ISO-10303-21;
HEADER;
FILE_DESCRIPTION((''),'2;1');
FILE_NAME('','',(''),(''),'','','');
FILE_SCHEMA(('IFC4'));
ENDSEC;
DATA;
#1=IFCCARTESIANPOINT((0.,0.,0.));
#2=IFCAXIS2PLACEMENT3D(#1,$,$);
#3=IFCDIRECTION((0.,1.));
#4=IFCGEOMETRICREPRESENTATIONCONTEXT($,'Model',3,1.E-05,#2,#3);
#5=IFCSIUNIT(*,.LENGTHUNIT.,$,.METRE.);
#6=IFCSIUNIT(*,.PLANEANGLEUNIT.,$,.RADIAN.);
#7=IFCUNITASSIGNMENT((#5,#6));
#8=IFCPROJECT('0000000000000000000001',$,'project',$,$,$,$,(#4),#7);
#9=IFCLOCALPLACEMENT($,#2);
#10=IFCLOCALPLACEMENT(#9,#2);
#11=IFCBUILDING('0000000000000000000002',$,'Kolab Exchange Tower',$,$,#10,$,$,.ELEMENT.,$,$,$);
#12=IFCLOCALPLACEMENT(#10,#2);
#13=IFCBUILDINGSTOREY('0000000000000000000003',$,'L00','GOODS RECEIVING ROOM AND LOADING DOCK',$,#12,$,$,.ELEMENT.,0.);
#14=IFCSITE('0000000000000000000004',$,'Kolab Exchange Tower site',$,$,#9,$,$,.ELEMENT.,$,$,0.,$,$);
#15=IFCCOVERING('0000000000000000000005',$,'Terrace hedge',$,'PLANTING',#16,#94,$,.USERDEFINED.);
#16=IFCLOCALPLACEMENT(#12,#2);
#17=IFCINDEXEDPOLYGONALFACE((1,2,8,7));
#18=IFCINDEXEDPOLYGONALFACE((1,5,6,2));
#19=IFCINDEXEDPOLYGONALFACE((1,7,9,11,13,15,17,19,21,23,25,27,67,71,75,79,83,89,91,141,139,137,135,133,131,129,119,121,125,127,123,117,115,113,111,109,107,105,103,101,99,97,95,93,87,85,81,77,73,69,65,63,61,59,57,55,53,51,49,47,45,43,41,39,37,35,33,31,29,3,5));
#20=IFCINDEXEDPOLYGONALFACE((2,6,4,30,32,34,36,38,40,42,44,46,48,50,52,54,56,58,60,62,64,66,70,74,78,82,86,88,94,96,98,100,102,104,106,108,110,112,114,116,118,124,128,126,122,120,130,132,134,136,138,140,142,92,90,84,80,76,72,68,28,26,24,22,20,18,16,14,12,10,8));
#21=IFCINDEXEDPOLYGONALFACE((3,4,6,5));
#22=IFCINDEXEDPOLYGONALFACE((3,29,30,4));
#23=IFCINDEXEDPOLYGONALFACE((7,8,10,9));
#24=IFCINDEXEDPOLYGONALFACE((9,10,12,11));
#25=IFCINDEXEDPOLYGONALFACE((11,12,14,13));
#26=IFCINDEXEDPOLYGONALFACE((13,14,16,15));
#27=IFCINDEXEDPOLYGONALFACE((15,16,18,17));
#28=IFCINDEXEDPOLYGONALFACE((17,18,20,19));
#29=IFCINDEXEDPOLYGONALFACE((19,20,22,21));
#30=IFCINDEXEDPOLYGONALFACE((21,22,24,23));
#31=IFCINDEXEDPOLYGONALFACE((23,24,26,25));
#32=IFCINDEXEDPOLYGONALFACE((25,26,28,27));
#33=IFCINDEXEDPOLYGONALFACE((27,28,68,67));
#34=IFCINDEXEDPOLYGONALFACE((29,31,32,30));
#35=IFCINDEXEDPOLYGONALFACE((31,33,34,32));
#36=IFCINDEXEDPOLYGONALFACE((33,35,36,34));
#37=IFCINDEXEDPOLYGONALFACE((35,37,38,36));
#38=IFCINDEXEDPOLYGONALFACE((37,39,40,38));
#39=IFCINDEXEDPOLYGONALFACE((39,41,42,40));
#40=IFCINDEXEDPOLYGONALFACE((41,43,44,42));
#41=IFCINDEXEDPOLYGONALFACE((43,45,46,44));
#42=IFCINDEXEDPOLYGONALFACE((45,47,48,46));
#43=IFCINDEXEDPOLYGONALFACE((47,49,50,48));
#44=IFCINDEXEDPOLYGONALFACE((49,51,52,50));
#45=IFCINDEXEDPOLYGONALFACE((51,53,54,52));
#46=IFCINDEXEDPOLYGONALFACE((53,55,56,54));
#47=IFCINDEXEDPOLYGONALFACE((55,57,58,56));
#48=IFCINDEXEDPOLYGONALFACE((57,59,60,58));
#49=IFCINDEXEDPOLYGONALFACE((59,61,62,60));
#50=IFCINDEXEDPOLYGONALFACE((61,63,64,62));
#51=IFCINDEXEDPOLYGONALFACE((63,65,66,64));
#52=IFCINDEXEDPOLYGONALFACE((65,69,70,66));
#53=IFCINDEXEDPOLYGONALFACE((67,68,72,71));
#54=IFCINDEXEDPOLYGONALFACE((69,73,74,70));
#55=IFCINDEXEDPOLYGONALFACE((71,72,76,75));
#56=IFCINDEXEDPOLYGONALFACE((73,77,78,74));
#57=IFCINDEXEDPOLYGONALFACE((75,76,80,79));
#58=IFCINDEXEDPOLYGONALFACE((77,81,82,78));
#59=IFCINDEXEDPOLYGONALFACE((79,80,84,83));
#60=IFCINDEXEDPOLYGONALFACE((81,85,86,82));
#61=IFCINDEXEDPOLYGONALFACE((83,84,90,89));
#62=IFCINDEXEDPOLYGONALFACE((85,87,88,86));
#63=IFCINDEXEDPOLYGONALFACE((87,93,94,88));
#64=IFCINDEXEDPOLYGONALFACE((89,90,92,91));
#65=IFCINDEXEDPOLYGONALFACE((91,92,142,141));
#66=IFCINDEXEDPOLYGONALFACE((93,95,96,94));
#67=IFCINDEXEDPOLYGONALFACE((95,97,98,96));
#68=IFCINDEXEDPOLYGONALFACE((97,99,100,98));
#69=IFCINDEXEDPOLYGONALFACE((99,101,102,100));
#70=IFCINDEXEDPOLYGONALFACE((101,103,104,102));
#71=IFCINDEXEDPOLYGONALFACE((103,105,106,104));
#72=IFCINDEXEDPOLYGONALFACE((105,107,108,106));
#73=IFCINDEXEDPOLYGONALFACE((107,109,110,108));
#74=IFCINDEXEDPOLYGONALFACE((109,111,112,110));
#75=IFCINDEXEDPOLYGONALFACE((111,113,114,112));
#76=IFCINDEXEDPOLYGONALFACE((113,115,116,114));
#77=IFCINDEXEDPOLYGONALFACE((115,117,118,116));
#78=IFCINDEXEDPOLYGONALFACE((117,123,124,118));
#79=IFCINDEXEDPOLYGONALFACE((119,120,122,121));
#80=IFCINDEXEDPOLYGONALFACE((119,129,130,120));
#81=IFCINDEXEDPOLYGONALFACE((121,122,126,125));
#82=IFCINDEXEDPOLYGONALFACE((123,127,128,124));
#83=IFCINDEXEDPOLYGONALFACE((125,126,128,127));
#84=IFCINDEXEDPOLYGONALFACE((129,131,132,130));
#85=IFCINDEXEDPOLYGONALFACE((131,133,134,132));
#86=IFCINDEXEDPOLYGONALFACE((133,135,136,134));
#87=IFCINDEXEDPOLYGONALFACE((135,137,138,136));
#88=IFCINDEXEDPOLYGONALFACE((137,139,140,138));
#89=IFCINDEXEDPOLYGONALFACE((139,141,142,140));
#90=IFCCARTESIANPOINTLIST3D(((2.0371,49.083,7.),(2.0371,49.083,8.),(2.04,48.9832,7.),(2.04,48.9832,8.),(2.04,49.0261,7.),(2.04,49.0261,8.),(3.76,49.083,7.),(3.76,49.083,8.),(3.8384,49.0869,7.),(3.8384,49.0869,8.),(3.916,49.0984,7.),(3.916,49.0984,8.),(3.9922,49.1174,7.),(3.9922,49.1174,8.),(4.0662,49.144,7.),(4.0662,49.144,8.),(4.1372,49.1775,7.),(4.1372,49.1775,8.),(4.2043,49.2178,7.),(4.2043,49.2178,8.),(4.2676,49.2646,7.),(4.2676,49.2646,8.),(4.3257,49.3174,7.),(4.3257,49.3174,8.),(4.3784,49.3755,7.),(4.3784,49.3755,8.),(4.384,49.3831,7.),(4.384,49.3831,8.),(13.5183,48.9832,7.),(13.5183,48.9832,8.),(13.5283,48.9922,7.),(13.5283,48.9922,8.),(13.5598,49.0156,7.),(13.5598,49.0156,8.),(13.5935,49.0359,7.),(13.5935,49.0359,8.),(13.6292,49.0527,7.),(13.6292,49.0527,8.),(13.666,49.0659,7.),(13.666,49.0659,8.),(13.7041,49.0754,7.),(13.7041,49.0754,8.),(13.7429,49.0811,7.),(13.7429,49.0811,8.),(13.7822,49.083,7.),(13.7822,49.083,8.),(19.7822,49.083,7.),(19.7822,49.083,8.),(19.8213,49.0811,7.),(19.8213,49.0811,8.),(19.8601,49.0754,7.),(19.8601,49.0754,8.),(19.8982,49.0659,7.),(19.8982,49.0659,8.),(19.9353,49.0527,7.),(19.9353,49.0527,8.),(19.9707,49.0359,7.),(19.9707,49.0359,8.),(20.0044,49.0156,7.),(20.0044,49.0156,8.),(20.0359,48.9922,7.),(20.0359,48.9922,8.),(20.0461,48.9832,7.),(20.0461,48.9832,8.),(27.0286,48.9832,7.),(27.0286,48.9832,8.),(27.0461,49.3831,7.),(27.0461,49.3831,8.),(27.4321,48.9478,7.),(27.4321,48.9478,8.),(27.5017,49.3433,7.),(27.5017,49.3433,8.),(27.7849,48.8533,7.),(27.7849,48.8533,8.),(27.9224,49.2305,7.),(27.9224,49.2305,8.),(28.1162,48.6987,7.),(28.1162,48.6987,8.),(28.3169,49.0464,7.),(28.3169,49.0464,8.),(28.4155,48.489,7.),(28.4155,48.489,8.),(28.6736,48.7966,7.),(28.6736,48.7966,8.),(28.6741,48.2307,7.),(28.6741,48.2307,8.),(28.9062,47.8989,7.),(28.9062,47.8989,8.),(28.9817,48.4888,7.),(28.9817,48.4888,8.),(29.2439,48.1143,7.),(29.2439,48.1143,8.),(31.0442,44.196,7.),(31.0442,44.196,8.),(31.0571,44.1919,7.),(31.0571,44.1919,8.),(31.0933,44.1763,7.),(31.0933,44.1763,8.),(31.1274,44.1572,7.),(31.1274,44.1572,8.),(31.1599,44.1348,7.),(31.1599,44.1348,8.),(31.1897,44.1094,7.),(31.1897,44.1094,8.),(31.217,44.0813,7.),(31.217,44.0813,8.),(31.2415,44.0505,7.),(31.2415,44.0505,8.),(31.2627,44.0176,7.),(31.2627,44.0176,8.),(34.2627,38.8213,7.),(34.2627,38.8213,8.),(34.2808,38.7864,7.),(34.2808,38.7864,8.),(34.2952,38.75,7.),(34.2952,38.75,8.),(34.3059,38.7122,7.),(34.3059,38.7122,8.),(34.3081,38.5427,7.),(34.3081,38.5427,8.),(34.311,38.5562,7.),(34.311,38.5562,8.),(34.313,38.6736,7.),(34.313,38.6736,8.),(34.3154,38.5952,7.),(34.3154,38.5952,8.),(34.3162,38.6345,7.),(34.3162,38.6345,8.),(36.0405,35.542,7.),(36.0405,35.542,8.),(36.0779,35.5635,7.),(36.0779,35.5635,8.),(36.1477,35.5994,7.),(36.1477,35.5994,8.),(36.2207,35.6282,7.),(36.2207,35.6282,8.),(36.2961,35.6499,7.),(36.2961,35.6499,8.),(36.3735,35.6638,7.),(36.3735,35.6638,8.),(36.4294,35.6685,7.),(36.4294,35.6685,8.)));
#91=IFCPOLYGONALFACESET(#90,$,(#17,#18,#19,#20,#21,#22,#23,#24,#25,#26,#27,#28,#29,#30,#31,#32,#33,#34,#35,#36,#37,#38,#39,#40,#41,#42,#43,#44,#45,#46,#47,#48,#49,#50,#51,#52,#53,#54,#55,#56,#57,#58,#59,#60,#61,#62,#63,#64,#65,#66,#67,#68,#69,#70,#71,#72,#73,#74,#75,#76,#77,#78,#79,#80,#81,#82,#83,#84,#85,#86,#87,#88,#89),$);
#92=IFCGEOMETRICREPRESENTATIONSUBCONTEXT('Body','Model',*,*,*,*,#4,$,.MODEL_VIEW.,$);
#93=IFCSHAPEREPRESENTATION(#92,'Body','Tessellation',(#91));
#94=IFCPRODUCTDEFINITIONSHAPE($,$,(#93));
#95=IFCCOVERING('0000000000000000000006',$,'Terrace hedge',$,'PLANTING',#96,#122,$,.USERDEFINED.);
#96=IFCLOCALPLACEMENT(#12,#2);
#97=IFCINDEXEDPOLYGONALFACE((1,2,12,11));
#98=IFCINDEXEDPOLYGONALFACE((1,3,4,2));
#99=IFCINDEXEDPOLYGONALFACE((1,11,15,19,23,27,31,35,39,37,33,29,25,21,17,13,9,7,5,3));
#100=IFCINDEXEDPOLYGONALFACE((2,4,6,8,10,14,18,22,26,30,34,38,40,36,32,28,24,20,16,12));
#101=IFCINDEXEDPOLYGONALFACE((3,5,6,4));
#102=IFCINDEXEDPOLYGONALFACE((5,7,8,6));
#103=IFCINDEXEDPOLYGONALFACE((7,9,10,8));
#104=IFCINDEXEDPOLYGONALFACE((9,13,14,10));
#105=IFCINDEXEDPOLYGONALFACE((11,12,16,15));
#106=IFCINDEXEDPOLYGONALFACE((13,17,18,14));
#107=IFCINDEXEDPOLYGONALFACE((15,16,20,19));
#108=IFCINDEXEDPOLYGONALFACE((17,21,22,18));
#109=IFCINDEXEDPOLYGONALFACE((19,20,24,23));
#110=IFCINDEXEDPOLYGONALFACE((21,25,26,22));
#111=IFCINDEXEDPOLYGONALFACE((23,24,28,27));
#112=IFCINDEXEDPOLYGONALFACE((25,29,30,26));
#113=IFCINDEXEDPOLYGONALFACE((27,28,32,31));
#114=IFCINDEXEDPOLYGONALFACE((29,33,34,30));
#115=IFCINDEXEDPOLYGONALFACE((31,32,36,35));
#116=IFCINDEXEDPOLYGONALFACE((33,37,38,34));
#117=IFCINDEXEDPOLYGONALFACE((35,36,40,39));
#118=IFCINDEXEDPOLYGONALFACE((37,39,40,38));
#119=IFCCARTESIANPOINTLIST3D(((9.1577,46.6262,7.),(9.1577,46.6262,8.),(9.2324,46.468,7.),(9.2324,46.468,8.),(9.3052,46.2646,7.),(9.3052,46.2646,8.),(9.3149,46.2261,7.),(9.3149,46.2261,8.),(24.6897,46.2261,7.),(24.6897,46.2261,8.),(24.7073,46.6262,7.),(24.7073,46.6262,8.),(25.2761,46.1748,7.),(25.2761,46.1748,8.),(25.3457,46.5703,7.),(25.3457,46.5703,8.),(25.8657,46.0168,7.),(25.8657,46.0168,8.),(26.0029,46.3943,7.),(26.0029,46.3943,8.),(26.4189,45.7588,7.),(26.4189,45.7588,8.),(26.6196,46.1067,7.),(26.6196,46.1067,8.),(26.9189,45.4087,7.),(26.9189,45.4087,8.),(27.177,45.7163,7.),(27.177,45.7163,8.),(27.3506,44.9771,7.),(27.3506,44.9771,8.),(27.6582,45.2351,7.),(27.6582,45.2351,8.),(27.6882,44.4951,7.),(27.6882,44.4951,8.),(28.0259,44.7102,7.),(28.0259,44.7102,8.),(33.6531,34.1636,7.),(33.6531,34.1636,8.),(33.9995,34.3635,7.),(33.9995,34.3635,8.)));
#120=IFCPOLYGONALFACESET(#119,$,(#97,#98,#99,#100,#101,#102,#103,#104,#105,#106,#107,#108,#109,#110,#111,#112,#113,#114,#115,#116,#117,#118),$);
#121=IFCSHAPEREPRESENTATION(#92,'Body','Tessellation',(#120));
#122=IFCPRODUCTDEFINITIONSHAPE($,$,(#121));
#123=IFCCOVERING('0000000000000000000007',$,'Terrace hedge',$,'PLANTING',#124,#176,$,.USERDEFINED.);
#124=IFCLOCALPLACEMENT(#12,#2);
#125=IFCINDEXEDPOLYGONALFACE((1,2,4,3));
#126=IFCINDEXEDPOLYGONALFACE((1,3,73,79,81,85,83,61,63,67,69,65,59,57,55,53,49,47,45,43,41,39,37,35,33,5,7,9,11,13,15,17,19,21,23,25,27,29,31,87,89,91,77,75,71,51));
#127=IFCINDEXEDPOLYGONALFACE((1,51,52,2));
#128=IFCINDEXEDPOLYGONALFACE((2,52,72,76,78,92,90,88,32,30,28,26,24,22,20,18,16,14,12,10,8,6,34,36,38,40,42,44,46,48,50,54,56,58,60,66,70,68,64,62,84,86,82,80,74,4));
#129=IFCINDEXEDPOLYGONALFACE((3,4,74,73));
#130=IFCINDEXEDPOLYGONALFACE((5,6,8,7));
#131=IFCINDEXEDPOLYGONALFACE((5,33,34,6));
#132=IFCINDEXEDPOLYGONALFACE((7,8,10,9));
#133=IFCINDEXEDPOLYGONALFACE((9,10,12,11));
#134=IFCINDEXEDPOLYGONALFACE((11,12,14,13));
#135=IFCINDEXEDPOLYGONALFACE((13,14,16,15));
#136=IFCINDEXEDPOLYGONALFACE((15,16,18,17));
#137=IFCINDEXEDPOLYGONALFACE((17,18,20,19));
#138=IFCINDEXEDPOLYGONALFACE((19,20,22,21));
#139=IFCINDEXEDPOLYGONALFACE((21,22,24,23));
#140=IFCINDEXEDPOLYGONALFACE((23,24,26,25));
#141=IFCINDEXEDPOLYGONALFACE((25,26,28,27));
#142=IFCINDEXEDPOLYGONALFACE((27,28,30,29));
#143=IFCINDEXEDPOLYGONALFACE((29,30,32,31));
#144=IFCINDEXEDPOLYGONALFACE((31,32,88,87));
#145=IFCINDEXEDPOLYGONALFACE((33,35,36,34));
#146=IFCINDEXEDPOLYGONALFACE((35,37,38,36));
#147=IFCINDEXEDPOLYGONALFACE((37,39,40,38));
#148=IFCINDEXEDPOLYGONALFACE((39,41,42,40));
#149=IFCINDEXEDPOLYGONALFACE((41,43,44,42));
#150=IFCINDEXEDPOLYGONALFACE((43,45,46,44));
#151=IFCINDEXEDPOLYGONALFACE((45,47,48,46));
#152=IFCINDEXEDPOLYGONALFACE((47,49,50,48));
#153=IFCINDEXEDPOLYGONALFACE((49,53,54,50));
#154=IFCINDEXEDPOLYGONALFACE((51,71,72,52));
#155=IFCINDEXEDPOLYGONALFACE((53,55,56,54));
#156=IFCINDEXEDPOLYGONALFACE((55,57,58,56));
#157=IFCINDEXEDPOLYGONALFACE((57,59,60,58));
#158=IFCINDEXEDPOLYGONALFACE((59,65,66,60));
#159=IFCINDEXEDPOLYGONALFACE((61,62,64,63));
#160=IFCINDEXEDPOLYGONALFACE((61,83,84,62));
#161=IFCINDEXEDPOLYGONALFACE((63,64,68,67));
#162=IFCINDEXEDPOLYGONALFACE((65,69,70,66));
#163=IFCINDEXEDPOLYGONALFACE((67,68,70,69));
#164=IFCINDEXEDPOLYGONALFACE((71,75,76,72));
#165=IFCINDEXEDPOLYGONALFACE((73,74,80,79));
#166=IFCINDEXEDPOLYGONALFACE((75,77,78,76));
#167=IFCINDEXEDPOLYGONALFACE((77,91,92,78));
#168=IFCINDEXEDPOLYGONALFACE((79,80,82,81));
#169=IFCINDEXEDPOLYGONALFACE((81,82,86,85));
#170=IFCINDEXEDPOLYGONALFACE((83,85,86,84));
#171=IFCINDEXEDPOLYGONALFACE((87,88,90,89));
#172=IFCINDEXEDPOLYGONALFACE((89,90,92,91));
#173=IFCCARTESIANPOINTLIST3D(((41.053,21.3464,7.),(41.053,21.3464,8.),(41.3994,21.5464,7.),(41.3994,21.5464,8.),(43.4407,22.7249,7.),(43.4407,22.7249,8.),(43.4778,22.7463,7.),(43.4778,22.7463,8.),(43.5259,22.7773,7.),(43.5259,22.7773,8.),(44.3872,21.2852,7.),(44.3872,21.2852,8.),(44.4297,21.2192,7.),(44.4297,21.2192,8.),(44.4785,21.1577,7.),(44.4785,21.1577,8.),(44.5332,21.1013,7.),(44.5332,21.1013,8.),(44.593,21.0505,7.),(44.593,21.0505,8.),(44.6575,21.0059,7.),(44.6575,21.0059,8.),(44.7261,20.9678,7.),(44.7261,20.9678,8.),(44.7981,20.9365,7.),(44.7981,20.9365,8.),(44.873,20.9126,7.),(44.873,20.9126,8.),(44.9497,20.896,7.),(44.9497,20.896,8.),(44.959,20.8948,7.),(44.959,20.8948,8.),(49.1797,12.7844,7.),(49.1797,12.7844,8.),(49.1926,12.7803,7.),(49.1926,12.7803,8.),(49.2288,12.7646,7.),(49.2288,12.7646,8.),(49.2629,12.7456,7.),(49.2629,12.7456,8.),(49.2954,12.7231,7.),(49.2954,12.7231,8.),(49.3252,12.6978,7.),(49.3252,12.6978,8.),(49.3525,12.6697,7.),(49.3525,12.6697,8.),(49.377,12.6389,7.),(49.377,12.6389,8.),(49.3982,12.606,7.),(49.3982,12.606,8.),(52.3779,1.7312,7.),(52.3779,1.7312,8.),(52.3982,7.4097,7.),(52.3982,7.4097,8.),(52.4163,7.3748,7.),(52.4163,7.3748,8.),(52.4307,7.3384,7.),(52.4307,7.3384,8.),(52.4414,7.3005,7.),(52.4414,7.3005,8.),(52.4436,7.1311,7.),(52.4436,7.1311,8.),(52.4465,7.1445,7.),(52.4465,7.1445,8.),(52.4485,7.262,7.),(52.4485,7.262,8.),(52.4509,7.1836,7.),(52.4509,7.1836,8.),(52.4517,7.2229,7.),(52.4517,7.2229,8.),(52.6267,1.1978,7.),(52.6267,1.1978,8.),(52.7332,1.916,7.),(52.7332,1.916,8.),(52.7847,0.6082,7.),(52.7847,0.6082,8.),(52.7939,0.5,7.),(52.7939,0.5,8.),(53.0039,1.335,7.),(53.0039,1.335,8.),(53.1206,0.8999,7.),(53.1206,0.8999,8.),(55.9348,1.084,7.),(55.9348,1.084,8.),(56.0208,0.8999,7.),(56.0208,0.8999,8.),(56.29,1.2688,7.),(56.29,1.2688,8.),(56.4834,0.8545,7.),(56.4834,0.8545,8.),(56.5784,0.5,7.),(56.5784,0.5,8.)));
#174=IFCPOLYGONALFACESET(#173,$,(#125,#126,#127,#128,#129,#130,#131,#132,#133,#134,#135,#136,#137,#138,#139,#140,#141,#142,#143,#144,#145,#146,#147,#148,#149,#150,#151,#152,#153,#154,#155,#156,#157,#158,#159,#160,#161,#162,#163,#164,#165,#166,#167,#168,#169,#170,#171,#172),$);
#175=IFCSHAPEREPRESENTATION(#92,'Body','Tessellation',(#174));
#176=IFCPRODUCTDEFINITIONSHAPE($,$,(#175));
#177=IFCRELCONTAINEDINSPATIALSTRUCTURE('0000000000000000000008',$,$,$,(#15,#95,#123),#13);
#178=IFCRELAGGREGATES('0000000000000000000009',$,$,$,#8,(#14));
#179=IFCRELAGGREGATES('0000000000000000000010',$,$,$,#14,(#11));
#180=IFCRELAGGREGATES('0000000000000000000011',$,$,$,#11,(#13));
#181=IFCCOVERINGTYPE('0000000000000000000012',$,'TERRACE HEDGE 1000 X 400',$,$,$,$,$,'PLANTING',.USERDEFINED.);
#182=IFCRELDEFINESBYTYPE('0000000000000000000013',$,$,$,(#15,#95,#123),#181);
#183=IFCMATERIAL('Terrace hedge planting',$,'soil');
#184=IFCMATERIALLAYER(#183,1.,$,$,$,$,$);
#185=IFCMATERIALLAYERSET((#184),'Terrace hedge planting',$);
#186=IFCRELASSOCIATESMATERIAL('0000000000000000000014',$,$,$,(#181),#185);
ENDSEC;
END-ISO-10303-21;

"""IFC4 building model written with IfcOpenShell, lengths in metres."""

from ifc_helpers import new_model, si_unit, direction, frame, origin, place, context, subcontext, project, spatial, polyline, outline, extrude, material, layer, layer_set, type_object, element, save


model = new_model("IFC4")

# Units and contexts
model_context = context("Model", 3, precision=1e-05, world=origin(), true_north=direction((0.0, 1.0)))
body_context = subcontext(model_context, "Body", "Model", "MODEL_VIEW")
ifc_project = project(units=[si_unit("LENGTHUNIT", "METRE"), si_unit("PLANEANGLEUNIT", "RADIAN")], contexts=[model_context])

# Site, building, storey
site_placement = place(None, origin())
site = spatial("IfcSite", under=ifc_project, at=site_placement, Name="Kolab Exchange Tower site", CompositionType="ELEMENT", RefElevation=0.0)
building_placement = place(site_placement, origin())
building = spatial("IfcBuilding", under=site, at=building_placement, Name="Kolab Exchange Tower", CompositionType="ELEMENT")
storey_placement = place(building_placement, origin())
storey = spatial("IfcBuildingStorey", under=building, at=storey_placement, Name="L00", Description="GOODS RECEIVING ROOM AND LOADING DOCK", CompositionType="ELEMENT", Elevation=0.0)

# Coverings
ifc_material_1 = material(Name="Terrace hedge planting", Category="soil")
ifc_layer_1 = layer(ifc_material_1, 1.0)
ifc_layer_set_1 = layer_set([ifc_layer_1], Name="Terrace hedge planting")
covering_type_1 = type_object("IfcCoveringType", Name="TERRACE HEDGE 1000 X 400", ElementType="PLANTING", PredefinedType="USERDEFINED", material=ifc_layer_set_1)
covering_1_placement = place(storey_placement, frame((0.0, 0.0, 7.0)))
element("IfcCovering", 1, at=covering_1_placement, inside=storey, type_object=covering_type_1, Name="Terrace hedge", ObjectType="PLANTING", PredefinedType="USERDEFINED", context=body_context, shape_type="SweptSolid", body=[
    extrude(outline(polyline([(27.0461, 49.3831), (27.5017, 49.3433), (27.9224, 49.2305), (28.3169, 49.0464), (28.6736, 48.7966), (28.9817, 48.4888), (29.2439, 48.1143), (36.4294, 35.6685), (36.3735, 35.6638), (36.2961, 35.6499), (36.2207, 35.6282), (36.1477, 35.5994), (36.0779, 35.5635), (36.0405, 35.542), (34.3081, 38.5427), (34.311, 38.5562), (34.3154, 38.5952), (34.3162, 38.6345), (34.313, 38.6736), (34.3059, 38.7122), (34.2952, 38.75), (34.2808, 38.7864), (34.2627, 38.8213), (31.2627, 44.0176), (31.2415, 44.0505), (31.217, 44.0813), (31.1897, 44.1094), (31.1599, 44.1348), (31.1274, 44.1572), (31.0933, 44.1763), (31.0571, 44.1919), (31.0442, 44.196), (28.9062, 47.8989), (28.6741, 48.2307), (28.4155, 48.489), (28.1162, 48.6987), (27.7849, 48.8533), (27.4321, 48.9478), (27.0286, 48.9832), (20.0461, 48.9832), (20.0359, 48.9922), (20.0044, 49.0156), (19.9707, 49.0359), (19.9353, 49.0527), (19.8982, 49.0659), (19.8601, 49.0754), (19.8213, 49.0811), (19.7822, 49.083), (13.7822, 49.083), (13.7429, 49.0811), (13.7041, 49.0754), (13.666, 49.0659), (13.6292, 49.0527), (13.5935, 49.0359), (13.5598, 49.0156), (13.5283, 48.9922), (13.5183, 48.9832), (2.04, 48.9832), (2.04, 49.0261), (2.0371, 49.083), (3.76, 49.083), (3.8384, 49.0869), (3.916, 49.0984), (3.9922, 49.1174), (4.0662, 49.144), (4.1372, 49.1775), (4.2043, 49.2178), (4.2676, 49.2646), (4.3257, 49.3174), (4.3784, 49.3755), (4.384, 49.3831), (27.0461, 49.3831)])), origin(), (0.0, 0.0, 1.0), 1.0),
])
covering_2_placement = place(storey_placement, frame((0.0, 0.0, 7.0)))
element("IfcCovering", 2, at=covering_2_placement, inside=storey, type_object=covering_type_1, Name="Terrace hedge", ObjectType="PLANTING", PredefinedType="USERDEFINED", context=body_context, shape_type="SweptSolid", body=[
    extrude(outline(polyline([(27.6882, 44.4951), (27.3506, 44.9771), (26.9189, 45.4087), (26.4189, 45.7588), (25.8657, 46.0168), (25.2761, 46.1748), (24.6897, 46.2261), (9.3149, 46.2261), (9.3052, 46.2646), (9.2324, 46.468), (9.1577, 46.6262), (24.7073, 46.6262), (25.3457, 46.5703), (26.0029, 46.3943), (26.6196, 46.1067), (27.177, 45.7163), (27.6582, 45.2351), (28.0259, 44.7102), (33.9995, 34.3635), (33.6531, 34.1636), (27.6882, 44.4951)])), origin(), (0.0, 0.0, 1.0), 1.0),
])
covering_3_placement = place(storey_placement, frame((0.0, 0.0, 7.0)))
element("IfcCovering", 3, at=covering_3_placement, inside=storey, type_object=covering_type_1, Name="Terrace hedge", ObjectType="PLANTING", PredefinedType="USERDEFINED", context=body_context, shape_type="SweptSolid", body=[
    extrude(outline(polyline([(56.29, 1.2688), (56.4834, 0.8545), (56.5784, 0.5), (52.7939, 0.5), (52.7847, 0.6082), (52.6267, 1.1978), (52.3779, 1.7312), (41.053, 21.3464), (41.3994, 21.5464), (52.7332, 1.916), (53.0039, 1.335), (53.1206, 0.8999), (56.0208, 0.8999), (55.9348, 1.084), (52.4436, 7.1311), (52.4465, 7.1445), (52.4509, 7.1836), (52.4517, 7.2229), (52.4485, 7.262), (52.4414, 7.3005), (52.4307, 7.3384), (52.4163, 7.3748), (52.3982, 7.4097), (49.3982, 12.606), (49.377, 12.6389), (49.3525, 12.6697), (49.3252, 12.6978), (49.2954, 12.7231), (49.2629, 12.7456), (49.2288, 12.7646), (49.1926, 12.7803), (49.1797, 12.7844), (43.4407, 22.7249), (43.4778, 22.7463), (43.5259, 22.7773), (44.3872, 21.2852), (44.4297, 21.2192), (44.4785, 21.1577), (44.5332, 21.1013), (44.593, 21.0505), (44.6575, 21.0059), (44.7261, 20.9678), (44.7981, 20.9365), (44.873, 20.9126), (44.9497, 20.896), (44.959, 20.8948), (56.29, 1.2688)])), origin(), (0.0, 0.0, 1.0), 1.0),
])

save(model, "model.ifc")
